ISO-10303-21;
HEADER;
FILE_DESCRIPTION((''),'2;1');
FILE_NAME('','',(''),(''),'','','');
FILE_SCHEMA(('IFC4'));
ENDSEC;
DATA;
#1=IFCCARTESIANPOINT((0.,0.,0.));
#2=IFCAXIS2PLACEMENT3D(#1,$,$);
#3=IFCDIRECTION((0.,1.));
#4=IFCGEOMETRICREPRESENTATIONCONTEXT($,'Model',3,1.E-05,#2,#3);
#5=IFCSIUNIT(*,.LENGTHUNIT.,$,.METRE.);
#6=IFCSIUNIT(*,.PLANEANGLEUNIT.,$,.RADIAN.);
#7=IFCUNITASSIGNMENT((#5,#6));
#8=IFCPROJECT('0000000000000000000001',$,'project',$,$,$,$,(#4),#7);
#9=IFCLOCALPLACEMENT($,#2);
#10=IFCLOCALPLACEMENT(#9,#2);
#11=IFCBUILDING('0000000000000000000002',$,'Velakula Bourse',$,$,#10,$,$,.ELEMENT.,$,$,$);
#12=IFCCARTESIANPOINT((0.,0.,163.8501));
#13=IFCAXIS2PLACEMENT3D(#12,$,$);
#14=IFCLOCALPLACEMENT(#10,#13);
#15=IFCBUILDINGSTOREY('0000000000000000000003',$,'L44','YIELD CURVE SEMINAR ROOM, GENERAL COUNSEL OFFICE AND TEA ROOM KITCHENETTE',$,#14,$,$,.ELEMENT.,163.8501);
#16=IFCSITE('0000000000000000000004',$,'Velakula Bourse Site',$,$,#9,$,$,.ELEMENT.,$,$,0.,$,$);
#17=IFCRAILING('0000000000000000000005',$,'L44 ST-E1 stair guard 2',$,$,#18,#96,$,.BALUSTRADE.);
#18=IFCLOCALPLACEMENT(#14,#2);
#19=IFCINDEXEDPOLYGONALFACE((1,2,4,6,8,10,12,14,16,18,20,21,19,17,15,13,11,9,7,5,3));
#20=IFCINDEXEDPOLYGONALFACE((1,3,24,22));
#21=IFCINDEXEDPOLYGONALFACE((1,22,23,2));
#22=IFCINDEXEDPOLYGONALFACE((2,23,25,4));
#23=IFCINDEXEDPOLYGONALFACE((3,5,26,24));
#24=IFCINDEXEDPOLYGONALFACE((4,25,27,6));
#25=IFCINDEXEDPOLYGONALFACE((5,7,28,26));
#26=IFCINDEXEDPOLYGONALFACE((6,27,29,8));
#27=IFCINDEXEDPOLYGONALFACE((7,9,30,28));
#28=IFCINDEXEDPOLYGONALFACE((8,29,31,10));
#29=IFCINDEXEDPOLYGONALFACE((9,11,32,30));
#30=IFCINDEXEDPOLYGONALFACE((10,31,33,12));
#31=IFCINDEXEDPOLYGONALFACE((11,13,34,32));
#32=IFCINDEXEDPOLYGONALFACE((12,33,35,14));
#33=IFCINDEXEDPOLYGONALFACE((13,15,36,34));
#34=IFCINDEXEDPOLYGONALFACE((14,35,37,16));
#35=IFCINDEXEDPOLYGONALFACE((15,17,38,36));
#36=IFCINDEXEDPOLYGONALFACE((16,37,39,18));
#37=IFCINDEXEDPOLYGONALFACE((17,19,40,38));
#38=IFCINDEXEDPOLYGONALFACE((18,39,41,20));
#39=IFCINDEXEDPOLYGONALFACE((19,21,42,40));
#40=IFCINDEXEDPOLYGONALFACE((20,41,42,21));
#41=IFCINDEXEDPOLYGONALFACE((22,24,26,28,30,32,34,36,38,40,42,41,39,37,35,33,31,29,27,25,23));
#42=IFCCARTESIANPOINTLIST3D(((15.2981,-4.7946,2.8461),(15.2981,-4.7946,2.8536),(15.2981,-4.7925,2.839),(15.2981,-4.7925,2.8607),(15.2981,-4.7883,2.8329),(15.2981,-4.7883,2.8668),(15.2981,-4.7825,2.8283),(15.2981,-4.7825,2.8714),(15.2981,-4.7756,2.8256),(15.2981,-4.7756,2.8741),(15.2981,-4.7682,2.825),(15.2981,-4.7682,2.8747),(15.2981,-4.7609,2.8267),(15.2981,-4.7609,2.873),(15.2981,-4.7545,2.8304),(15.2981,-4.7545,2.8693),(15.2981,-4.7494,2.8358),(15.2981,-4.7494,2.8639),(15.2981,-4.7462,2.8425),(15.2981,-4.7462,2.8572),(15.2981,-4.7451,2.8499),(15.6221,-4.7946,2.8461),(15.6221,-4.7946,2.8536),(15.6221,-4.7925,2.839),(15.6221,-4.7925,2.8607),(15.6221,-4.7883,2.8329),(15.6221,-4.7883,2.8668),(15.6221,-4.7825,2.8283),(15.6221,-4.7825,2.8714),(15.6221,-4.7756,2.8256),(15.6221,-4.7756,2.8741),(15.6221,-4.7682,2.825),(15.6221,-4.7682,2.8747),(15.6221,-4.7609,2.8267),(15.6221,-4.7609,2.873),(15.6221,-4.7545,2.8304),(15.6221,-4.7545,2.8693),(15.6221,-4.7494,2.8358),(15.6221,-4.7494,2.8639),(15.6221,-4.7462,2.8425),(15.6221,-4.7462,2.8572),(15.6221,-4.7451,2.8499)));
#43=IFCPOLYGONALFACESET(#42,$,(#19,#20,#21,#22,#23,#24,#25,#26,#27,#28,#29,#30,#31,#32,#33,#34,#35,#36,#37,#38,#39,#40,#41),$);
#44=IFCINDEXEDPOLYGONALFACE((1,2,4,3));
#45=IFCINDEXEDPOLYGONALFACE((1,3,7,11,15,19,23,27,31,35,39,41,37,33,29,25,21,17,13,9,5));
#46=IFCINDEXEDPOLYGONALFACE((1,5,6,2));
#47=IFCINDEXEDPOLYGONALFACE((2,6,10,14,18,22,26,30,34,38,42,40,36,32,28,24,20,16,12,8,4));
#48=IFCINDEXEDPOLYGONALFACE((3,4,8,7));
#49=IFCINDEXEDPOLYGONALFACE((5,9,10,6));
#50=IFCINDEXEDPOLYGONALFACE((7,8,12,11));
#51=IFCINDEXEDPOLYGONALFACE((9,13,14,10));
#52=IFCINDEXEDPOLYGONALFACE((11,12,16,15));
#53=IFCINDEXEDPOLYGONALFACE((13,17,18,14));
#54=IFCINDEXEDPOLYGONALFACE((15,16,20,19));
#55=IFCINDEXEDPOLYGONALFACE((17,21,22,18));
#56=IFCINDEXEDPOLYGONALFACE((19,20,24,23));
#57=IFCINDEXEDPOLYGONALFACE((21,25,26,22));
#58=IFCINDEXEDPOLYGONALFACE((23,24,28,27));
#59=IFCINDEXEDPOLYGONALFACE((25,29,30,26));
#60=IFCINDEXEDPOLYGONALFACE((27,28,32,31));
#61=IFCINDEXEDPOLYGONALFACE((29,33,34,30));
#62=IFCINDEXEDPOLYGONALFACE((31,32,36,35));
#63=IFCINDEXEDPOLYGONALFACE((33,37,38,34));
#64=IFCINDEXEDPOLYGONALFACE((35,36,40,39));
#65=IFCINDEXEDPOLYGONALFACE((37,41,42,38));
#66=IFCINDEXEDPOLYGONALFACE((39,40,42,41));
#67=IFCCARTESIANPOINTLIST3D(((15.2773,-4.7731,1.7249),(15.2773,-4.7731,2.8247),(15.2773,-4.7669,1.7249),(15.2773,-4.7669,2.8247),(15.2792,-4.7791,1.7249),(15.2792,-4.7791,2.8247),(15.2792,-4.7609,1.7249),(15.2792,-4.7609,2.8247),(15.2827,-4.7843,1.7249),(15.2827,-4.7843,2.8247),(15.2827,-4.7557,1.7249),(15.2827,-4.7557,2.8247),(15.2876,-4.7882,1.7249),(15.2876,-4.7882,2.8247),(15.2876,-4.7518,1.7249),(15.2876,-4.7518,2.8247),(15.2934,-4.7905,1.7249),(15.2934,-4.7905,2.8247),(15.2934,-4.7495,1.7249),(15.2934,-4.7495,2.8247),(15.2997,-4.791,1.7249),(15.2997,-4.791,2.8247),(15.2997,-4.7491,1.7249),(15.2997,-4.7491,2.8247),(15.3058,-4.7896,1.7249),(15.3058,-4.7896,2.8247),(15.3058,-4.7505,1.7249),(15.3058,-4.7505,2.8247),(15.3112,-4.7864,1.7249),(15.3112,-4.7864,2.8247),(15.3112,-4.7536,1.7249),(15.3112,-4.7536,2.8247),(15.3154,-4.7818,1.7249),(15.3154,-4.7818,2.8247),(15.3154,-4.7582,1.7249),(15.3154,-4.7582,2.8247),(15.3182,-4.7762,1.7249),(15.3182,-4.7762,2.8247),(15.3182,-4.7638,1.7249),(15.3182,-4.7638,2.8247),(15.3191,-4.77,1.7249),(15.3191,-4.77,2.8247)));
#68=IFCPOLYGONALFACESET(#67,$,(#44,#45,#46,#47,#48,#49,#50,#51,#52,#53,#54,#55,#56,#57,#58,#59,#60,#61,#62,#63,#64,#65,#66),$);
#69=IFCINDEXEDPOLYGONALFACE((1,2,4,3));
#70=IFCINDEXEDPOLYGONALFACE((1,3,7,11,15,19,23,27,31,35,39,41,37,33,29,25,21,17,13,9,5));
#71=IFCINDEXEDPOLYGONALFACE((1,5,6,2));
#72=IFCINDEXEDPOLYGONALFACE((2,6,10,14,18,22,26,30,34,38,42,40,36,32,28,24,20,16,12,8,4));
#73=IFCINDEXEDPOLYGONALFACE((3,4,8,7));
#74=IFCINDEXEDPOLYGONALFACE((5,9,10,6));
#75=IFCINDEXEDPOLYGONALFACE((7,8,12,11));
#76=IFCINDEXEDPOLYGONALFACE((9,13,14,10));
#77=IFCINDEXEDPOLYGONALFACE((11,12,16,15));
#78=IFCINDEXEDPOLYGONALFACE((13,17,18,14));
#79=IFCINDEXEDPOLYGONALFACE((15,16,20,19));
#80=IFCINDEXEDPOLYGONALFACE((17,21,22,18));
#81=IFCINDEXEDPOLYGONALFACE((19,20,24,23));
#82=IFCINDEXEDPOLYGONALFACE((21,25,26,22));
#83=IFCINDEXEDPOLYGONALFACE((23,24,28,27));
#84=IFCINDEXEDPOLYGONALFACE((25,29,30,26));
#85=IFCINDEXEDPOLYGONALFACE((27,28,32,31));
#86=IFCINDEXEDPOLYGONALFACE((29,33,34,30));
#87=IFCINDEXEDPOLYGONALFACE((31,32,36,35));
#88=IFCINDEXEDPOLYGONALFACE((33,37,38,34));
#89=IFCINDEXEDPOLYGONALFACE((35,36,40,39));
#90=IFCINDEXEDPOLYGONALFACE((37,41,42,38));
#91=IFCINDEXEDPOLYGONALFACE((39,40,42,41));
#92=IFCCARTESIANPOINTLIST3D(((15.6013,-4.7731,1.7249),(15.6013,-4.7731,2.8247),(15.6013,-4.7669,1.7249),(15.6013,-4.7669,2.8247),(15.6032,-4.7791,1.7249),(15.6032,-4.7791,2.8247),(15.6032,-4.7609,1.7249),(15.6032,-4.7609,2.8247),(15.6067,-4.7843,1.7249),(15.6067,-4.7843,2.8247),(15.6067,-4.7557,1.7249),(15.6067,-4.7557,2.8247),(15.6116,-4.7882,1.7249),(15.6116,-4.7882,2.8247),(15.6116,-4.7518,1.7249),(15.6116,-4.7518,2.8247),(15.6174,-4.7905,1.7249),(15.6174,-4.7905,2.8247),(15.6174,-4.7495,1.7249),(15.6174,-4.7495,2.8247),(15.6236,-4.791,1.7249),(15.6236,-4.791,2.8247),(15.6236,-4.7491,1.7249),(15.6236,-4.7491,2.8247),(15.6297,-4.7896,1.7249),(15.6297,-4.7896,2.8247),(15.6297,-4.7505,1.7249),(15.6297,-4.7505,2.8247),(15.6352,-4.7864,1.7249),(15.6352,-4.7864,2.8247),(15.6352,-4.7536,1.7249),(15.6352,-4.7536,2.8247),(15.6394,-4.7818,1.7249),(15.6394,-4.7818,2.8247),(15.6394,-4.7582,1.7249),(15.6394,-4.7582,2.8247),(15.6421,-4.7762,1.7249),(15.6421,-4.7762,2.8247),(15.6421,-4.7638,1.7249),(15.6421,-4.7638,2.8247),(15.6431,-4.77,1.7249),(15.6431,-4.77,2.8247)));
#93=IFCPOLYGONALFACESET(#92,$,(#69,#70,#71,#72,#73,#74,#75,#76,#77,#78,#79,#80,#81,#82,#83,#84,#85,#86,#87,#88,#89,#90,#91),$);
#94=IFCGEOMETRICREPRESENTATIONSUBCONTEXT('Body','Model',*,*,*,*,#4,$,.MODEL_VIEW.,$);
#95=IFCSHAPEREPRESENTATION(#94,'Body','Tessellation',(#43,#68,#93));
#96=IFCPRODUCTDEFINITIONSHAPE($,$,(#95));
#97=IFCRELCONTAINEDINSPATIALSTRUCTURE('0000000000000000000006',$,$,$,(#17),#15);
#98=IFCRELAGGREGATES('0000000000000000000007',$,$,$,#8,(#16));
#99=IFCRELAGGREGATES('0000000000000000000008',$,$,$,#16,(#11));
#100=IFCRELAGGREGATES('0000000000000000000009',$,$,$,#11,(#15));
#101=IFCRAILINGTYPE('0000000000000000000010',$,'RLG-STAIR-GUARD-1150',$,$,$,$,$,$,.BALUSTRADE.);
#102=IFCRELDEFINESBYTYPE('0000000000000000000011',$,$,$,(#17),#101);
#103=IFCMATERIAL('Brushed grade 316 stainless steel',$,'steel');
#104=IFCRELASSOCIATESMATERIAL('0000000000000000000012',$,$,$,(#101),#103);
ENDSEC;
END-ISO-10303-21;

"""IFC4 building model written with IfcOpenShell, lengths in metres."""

from ifc_helpers import new_model, si_unit, direction, frame, origin, origin_2d, place, context, subcontext, project, spatial, circle, extrude, material, type_object, element, save


model = new_model("IFC4")

# Units and contexts
model_context = context("Model", 3, precision=1e-05, world=origin(), true_north=direction((0.0, 1.0)))
body_context = subcontext(model_context, "Body", "Model", "MODEL_VIEW")
ifc_project = project(units=[si_unit("LENGTHUNIT", "METRE"), si_unit("PLANEANGLEUNIT", "RADIAN")], contexts=[model_context])

# Site, building, storey
site_placement = place(None, origin())
site = spatial("IfcSite", under=ifc_project, at=site_placement, Name="Velakula Bourse Site", CompositionType="ELEMENT", RefElevation=0.0)
building_placement = place(site_placement, origin())
building = spatial("IfcBuilding", under=site, at=building_placement, Name="Velakula Bourse", CompositionType="ELEMENT")
storey_placement = place(building_placement, frame((0.0, 0.0, 163.8501)))
storey = spatial("IfcBuildingStorey", under=building, at=storey_placement, Name="L44", Description="YIELD CURVE SEMINAR ROOM, GENERAL COUNSEL OFFICE AND TEA ROOM KITCHENETTE", CompositionType="ELEMENT", Elevation=163.8501)

# Railing
ifc_material_1 = material(Name="Brushed grade 316 stainless steel", Category="steel")
railing_type_1 = type_object("IfcRailingType", Name="RLG-STAIR-GUARD-1150", PredefinedType="BALUSTRADE", material=ifc_material_1)
railing_1_placement = place(storey_placement, frame((15.2981, -4.77, 1.7249)))
element("IfcRailing", 1, at=railing_1_placement, inside=storey, type_object=railing_type_1, Name="L44 ST-E1 stair guard 2", PredefinedType="BALUSTRADE", context=body_context, shape_type="SweptSolid", body=[
    extrude(circle(Radius=0.0249, at=origin_2d()), frame((0.0, 0.0, 1.125), z_axis=(1.0, 0.0, 0.0), x_axis=(0.0, 1.0, 0.0)), (0.0, 0.0, 1.0), 0.324),
    extrude(circle(Radius=0.021, at=origin_2d()), origin(), (0.0, 0.0, 1.0), 1.0999),
    extrude(circle(Radius=0.021, at=origin_2d()), frame((0.324, 0.0, 0.0)), (0.0, 0.0, 1.0), 1.0999),
])

save(model, "model.ifc")
